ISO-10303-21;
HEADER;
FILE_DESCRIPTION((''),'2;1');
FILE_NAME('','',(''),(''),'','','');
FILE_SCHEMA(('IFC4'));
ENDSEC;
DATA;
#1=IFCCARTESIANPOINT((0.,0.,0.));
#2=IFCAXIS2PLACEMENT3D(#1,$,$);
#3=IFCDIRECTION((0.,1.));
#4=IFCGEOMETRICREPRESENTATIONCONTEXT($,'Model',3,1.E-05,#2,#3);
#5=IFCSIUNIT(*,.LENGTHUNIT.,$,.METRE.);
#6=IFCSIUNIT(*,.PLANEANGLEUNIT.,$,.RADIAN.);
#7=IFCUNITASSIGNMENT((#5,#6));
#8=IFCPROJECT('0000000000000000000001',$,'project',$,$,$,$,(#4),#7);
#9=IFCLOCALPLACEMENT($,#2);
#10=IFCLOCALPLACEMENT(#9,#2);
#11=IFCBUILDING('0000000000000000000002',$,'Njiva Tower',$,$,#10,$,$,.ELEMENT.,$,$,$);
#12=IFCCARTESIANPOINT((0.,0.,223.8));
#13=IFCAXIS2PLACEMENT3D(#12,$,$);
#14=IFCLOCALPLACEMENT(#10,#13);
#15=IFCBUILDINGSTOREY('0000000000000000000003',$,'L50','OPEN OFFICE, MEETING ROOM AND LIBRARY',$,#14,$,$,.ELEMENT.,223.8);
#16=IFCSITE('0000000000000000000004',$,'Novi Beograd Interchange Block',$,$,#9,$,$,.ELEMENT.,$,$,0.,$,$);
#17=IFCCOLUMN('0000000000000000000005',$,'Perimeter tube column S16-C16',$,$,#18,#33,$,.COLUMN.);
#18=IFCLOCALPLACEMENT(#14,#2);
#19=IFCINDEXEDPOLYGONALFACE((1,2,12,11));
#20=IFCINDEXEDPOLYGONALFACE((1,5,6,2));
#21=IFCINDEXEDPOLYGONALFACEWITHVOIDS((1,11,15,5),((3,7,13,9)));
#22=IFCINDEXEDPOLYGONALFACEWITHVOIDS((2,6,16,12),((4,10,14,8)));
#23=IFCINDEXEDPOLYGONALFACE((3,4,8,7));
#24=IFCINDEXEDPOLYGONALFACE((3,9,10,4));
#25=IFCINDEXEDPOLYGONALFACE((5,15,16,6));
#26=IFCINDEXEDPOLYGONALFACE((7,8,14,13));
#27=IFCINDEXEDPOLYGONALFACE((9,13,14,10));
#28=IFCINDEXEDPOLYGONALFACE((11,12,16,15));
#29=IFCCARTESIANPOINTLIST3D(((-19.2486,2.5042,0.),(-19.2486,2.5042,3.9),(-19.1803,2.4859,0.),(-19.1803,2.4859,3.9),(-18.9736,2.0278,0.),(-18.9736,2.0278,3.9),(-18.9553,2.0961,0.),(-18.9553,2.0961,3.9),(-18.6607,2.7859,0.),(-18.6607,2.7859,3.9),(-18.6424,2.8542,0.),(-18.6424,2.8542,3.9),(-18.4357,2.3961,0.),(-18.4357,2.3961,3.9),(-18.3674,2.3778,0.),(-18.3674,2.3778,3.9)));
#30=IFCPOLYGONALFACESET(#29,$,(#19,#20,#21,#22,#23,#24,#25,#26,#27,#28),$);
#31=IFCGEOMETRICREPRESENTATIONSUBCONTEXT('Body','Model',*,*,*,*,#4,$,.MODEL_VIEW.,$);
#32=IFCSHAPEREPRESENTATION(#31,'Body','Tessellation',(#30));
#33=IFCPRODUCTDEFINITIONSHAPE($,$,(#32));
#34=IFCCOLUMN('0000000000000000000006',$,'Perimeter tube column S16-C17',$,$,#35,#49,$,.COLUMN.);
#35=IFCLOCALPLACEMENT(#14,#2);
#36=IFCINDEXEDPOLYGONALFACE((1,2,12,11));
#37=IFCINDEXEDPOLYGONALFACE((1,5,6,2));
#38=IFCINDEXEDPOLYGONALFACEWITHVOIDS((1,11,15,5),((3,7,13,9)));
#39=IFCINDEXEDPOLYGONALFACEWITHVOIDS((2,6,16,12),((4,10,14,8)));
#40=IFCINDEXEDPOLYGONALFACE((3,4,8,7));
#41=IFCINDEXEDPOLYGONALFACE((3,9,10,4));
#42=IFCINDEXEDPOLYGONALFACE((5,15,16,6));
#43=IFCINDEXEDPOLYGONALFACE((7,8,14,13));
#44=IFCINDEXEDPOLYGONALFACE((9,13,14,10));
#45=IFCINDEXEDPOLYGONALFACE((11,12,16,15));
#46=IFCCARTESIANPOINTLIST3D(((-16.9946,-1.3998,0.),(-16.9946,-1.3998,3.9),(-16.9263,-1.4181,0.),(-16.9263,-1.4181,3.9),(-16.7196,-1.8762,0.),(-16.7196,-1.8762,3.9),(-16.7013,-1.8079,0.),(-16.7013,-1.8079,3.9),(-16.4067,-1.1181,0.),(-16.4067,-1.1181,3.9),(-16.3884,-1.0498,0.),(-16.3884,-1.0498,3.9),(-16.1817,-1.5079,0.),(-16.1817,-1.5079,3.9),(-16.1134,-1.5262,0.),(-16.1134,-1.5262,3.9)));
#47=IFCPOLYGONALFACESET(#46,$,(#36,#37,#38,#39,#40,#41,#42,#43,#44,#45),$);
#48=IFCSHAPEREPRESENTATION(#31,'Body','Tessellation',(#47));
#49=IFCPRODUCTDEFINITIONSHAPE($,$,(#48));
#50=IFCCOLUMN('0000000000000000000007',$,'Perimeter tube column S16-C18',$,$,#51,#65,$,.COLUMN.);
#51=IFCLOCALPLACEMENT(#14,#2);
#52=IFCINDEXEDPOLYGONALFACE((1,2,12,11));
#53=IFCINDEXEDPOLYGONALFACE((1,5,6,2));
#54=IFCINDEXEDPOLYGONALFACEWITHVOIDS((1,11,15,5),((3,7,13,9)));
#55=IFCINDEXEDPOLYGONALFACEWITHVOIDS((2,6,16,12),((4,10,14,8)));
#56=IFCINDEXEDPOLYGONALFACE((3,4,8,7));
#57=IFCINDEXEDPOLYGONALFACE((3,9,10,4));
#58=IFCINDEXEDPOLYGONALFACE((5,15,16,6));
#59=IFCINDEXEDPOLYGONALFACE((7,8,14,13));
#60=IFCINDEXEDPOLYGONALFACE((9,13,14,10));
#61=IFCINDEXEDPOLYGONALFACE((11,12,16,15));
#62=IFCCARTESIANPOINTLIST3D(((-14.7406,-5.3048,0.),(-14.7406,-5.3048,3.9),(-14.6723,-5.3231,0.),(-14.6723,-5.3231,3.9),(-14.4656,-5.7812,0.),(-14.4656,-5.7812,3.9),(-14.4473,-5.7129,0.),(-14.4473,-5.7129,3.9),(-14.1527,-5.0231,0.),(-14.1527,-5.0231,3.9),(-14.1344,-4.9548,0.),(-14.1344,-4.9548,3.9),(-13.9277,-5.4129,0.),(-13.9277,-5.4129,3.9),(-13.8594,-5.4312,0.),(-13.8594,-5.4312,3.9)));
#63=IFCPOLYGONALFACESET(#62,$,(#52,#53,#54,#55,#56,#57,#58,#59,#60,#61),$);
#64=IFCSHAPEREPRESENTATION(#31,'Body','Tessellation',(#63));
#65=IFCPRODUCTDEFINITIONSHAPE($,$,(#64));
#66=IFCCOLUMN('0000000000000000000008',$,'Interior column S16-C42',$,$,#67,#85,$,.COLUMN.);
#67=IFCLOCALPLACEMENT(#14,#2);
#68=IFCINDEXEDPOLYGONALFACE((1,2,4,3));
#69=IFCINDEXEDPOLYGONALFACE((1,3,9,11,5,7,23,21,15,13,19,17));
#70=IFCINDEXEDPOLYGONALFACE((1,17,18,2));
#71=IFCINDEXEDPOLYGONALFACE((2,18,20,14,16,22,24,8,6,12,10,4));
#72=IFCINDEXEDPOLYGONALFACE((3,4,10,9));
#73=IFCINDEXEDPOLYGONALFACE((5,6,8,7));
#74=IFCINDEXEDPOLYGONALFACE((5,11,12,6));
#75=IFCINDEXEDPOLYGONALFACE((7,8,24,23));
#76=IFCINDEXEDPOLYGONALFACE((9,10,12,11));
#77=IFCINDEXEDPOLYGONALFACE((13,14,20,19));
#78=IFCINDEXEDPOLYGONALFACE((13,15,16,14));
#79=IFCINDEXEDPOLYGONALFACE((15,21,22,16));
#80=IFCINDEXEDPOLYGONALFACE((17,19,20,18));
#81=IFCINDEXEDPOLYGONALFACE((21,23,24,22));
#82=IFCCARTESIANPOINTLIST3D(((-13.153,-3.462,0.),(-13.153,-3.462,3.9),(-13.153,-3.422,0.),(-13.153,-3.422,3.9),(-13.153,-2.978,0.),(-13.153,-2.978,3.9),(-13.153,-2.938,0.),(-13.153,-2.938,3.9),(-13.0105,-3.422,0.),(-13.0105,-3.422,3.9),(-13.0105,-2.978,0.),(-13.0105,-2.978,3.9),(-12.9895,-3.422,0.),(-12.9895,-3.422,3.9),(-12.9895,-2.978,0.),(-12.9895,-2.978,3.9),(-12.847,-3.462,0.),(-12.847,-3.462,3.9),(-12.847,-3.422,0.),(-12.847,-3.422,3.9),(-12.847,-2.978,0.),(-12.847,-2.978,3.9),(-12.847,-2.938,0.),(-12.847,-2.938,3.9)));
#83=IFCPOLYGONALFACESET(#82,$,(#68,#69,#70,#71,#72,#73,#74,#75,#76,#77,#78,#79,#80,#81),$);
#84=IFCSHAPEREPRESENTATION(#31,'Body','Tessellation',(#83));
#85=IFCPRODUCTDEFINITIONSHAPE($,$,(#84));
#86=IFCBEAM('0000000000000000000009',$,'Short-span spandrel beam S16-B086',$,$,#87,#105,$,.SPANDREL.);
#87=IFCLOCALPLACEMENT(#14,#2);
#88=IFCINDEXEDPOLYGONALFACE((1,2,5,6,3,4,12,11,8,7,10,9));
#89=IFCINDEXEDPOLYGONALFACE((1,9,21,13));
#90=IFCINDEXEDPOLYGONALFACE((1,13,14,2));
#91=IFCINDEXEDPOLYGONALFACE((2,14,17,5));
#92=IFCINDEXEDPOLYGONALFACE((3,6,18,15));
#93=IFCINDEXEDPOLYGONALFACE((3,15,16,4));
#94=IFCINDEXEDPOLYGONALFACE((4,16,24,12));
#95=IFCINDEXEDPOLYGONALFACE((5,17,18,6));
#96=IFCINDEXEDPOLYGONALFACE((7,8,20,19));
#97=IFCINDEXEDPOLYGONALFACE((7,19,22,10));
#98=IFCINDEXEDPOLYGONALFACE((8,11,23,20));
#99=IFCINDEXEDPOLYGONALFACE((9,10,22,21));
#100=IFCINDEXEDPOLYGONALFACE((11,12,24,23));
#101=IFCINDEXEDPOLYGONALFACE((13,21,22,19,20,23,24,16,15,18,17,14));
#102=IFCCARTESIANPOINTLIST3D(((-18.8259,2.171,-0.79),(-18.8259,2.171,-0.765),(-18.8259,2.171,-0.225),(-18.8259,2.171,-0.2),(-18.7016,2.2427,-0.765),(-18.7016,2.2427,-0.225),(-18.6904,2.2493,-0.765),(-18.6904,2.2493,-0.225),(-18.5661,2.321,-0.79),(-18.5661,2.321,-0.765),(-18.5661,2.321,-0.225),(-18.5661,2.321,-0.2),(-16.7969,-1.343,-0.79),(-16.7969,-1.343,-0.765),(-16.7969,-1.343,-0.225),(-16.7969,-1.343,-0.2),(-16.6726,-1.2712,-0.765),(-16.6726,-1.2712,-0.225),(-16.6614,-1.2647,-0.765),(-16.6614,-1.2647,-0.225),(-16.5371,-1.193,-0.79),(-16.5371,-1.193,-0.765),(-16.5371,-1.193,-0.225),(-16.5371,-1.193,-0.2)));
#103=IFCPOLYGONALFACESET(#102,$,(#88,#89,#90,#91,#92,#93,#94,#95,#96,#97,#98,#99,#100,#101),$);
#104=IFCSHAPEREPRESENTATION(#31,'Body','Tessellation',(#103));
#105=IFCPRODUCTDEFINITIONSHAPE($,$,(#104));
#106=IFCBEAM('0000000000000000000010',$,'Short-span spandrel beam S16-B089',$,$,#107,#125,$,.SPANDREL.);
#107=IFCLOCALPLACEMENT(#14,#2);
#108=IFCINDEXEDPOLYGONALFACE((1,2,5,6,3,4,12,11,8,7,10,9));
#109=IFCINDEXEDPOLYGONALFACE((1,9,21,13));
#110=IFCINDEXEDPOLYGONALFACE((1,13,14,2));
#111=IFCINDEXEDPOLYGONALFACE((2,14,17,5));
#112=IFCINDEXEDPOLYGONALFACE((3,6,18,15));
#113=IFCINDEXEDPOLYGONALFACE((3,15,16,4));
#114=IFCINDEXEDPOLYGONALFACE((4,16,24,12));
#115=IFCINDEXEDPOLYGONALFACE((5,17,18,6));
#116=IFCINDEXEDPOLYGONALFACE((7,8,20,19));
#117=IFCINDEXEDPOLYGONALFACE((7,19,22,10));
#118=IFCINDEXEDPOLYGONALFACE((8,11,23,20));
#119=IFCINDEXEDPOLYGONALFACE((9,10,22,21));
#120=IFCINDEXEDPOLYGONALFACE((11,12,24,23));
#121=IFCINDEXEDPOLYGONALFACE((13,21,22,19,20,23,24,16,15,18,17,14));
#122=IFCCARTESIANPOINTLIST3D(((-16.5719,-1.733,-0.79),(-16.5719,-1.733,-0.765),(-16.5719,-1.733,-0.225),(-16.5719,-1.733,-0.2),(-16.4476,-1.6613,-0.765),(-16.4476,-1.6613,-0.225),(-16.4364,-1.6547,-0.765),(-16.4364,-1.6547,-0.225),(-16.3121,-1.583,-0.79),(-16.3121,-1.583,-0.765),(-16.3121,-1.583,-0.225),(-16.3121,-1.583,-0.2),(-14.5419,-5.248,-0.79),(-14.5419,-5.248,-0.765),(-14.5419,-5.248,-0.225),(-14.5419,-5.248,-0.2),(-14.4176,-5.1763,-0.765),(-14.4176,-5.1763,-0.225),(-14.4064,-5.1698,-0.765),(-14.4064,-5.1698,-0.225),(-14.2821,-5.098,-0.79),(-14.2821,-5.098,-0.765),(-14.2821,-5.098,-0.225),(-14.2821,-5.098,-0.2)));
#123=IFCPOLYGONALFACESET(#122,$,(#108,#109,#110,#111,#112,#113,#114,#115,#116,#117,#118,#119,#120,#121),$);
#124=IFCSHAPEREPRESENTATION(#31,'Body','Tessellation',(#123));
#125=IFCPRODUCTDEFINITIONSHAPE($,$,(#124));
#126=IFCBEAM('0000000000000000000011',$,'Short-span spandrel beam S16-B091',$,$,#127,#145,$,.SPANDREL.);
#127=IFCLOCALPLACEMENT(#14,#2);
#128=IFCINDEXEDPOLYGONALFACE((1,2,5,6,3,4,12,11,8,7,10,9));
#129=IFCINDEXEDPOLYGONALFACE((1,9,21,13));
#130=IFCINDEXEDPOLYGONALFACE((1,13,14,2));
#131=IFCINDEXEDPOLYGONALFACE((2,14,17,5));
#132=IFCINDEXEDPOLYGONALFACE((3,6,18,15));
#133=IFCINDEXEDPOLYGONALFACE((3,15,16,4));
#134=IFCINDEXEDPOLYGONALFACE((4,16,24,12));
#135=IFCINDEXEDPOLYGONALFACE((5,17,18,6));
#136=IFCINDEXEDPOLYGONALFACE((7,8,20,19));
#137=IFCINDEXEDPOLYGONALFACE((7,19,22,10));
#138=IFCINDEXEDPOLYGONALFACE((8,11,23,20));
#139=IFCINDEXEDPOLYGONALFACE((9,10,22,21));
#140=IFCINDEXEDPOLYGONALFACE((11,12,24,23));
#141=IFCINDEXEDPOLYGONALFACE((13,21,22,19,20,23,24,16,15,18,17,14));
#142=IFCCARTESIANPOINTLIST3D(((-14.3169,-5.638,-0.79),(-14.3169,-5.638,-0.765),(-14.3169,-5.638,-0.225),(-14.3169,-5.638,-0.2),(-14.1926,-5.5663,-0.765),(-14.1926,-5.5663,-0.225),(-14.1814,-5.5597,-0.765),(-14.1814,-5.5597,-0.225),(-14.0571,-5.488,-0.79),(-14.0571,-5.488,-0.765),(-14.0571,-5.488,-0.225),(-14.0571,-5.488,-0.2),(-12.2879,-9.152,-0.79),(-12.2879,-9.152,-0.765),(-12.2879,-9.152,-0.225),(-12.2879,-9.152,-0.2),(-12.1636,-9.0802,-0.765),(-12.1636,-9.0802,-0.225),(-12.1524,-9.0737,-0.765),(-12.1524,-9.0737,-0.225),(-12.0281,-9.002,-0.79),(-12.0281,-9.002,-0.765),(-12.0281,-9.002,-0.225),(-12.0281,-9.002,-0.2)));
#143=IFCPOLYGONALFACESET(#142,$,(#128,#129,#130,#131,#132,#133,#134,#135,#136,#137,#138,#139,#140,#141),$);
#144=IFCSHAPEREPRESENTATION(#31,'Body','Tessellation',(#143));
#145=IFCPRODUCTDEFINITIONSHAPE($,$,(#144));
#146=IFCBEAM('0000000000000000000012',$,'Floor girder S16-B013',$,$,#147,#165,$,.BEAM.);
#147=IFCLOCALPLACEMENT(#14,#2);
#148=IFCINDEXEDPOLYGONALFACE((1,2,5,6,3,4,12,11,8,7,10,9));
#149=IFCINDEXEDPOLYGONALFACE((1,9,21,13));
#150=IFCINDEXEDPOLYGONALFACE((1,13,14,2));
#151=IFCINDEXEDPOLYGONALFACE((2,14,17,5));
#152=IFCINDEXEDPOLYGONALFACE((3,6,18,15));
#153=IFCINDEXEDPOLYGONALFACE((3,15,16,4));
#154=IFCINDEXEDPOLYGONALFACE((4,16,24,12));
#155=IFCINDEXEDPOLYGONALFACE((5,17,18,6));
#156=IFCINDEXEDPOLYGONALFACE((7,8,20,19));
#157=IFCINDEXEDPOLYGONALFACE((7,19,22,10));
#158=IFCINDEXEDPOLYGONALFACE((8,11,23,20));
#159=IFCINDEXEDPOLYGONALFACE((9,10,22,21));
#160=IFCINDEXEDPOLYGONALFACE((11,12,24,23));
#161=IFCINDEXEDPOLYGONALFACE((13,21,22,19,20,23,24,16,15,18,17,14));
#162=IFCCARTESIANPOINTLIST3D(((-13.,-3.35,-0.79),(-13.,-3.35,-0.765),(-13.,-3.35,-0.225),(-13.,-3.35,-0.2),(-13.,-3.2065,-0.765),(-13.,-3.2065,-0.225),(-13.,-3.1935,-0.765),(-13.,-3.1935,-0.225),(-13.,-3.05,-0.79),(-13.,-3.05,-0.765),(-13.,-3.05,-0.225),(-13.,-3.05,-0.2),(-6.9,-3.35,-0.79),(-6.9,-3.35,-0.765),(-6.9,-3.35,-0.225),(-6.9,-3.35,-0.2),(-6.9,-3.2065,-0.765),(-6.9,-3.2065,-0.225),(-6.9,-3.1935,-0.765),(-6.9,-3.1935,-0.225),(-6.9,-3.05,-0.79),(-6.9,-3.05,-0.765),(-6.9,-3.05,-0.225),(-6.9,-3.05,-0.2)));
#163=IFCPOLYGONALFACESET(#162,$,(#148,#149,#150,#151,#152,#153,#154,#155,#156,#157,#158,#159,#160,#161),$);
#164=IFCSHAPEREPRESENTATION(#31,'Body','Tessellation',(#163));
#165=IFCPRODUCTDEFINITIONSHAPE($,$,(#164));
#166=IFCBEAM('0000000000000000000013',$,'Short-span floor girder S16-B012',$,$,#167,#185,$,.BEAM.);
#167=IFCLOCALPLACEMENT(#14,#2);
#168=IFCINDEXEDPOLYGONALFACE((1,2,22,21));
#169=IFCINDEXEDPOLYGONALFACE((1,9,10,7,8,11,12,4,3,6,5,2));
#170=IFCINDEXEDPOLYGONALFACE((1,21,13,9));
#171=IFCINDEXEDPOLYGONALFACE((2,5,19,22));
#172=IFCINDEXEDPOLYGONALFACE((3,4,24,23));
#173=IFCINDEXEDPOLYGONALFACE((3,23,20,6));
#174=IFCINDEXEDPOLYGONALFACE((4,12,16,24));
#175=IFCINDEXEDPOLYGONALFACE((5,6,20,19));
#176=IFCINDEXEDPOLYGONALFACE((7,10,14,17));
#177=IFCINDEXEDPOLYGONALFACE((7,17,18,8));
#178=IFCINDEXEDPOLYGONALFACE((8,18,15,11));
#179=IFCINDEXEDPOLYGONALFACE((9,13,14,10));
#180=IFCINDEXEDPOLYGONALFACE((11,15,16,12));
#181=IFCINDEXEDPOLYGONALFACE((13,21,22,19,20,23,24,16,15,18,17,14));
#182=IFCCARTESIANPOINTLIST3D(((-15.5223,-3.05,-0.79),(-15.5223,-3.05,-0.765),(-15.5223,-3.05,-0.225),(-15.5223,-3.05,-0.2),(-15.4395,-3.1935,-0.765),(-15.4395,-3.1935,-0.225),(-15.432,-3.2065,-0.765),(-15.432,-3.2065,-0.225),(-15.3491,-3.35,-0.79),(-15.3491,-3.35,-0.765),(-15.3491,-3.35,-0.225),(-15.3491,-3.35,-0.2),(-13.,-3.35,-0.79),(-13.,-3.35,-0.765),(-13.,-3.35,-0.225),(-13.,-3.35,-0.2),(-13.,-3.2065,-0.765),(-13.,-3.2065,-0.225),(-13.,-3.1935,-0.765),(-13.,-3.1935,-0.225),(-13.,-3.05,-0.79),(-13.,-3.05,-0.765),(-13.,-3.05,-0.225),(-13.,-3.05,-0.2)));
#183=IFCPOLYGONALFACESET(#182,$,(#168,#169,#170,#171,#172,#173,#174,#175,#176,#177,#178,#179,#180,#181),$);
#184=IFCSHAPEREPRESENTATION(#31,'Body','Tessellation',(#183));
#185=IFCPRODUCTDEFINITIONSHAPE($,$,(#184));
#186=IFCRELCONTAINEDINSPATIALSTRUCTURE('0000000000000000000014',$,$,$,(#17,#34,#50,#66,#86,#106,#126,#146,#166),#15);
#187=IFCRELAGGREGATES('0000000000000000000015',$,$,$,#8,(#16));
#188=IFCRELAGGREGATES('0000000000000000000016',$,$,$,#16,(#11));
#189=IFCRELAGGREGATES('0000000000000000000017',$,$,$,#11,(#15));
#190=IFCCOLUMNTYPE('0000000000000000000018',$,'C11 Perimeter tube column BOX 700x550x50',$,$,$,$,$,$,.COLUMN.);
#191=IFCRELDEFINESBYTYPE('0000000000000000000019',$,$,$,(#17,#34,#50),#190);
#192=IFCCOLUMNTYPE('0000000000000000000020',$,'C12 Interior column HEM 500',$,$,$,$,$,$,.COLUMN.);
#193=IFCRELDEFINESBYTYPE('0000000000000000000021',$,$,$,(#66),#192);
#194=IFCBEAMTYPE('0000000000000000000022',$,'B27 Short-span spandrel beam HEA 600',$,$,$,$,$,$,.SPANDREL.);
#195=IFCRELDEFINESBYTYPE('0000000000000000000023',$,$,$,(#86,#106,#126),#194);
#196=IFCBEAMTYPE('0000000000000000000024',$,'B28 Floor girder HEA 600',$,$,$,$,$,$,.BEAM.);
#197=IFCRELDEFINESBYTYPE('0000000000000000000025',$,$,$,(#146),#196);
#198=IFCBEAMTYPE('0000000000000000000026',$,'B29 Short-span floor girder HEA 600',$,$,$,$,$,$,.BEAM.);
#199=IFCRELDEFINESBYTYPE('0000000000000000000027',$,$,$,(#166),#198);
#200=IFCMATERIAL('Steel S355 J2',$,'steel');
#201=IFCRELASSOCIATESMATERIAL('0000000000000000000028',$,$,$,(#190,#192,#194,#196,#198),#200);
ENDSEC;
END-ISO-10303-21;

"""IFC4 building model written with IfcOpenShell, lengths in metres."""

from ifc_helpers import new_model, si_unit, direction, frame, origin, origin_2d, place, context, subcontext, project, spatial, hollow_rectangle, i_section, extrude, clip, halfspace, material, material_profile, profile_set, type_object, element, save


model = new_model("IFC4")

# Units and contexts
model_context = context("Model", 3, precision=1e-05, world=origin(), true_north=direction((0.0, 1.0)))
body_context = subcontext(model_context, "Body", "Model", "MODEL_VIEW")
ifc_project = project(units=[si_unit("LENGTHUNIT", "METRE"), si_unit("PLANEANGLEUNIT", "RADIAN")], contexts=[model_context])

# Site, building, storey
site_placement = place(None, origin())
site = spatial("IfcSite", under=ifc_project, at=site_placement, Name="Novi Beograd Interchange Block", CompositionType="ELEMENT", RefElevation=0.0)
building_placement = place(site_placement, origin())
building = spatial("IfcBuilding", under=site, at=building_placement, Name="Njiva Tower", CompositionType="ELEMENT")
storey_placement = place(building_placement, frame((0.0, 0.0, 223.8)))
storey = spatial("IfcBuildingStorey", under=building, at=storey_placement, Name="L50", Description="OPEN OFFICE, MEETING ROOM AND LIBRARY", CompositionType="ELEMENT", Elevation=223.8)

# Columns
ifc_material_1 = material(Name="Steel S355 J2", Category="steel")
ifc_material_profile_1 = material_profile(ifc_material_1, hollow_rectangle(XDim=0.55, YDim=0.7, WallThickness=0.05, at=origin_2d()), Name="BOX 700x550x50")
ifc_profile_set_1 = profile_set([ifc_material_profile_1], Name="Steel S355 J2")
column_type_1 = type_object("IfcColumnType", Name="C11 Perimeter tube column BOX 700x550x50", PredefinedType="COLUMN", material=ifc_profile_set_1)
for number, where, z_axis, x_axis, name in (
    (1, (-18.808, 2.441, 0.0), (0.0, 0.0, 1.0), (0.5, -0.866025, 0.0), "Perimeter tube column S16-C16"),
    (2, (-16.554, -1.463, 0.0), (0.0, 0.0, 1.0), (0.5, -0.866025, 0.0), "Perimeter tube column S16-C17"),
    (3, (-14.3, -5.368, 0.0), (0.0, 0.0, 1.0), (0.5, -0.866025, 0.0), "Perimeter tube column S16-C18"),
):
    element("IfcColumn", number, at=place(storey_placement, frame(where, z_axis=z_axis, x_axis=x_axis)), inside=storey, type_object=column_type_1, Name=name, PredefinedType="COLUMN", context=body_context, shape_type="SweptSolid", body=[
        extrude(hollow_rectangle(XDim=0.55, YDim=0.7, WallThickness=0.05, at=origin_2d()), origin(), (0.0, 0.0, 1.0), 3.9),
    ])
ifc_material_profile_2 = material_profile(ifc_material_1, i_section(OverallWidth=0.306, OverallDepth=0.524, WebThickness=0.021, FlangeThickness=0.04, at=origin_2d()), Name="HEM 500")
ifc_profile_set_2 = profile_set([ifc_material_profile_2], Name="Steel S355 J2")
column_type_2 = type_object("IfcColumnType", Name="C12 Interior column HEM 500", PredefinedType="COLUMN", material=ifc_profile_set_2)
column_placement = place(storey_placement, frame((-13.0, -3.2, 0.0), z_axis=(0.0, 0.0, 1.0), x_axis=(1.0, 0.0, 0.0)))
element("IfcColumn", 4, at=column_placement, inside=storey, type_object=column_type_2, Name="Interior column S16-C42", PredefinedType="COLUMN", context=body_context, shape_type="SweptSolid", body=[
    extrude(i_section(OverallWidth=0.306, OverallDepth=0.524, WebThickness=0.021, FlangeThickness=0.04, at=origin_2d()), origin(), (0.0, 0.0, 1.0), 3.9),
])

# Beams
ifc_material_profile_3 = material_profile(ifc_material_1, i_section(OverallWidth=0.3, OverallDepth=0.59, WebThickness=0.013, FlangeThickness=0.025, at=origin_2d()), Name="HEA 600")
ifc_profile_set_3 = profile_set([ifc_material_profile_3], Name="Steel S355 J2")
beam_type_1 = type_object("IfcBeamType", Name="B27 Short-span spandrel beam HEA 600", PredefinedType="SPANDREL", material=ifc_profile_set_3)
beam_1_placement = place(storey_placement, frame((-18.696, 2.246, -0.495), z_axis=(0.500035, -0.866005, 0.0), x_axis=(0.866005, 0.500035, 0.0)))
element("IfcBeam", 5, at=beam_1_placement, inside=storey, type_object=beam_type_1, Name="Short-span spandrel beam S16-B086", PredefinedType="SPANDREL", context=body_context, shape_type="SweptSolid", body=[
    extrude(i_section(OverallWidth=0.3, OverallDepth=0.59, WebThickness=0.013, FlangeThickness=0.025, at=origin_2d()), origin(), (0.0, 0.0, 1.0), 4.0577),
])
beam_2_placement = place(storey_placement, frame((-16.442, -1.658, -0.495), z_axis=(0.500113, -0.86596, 0.0), x_axis=(0.86596, 0.500113, 0.0)))
element("IfcBeam", 6, at=beam_2_placement, inside=storey, type_object=beam_type_1, Name="Short-span spandrel beam S16-B089", PredefinedType="SPANDREL", context=body_context, shape_type="SweptSolid", body=[
    extrude(i_section(OverallWidth=0.3, OverallDepth=0.59, WebThickness=0.013, FlangeThickness=0.025, at=origin_2d()), origin(), (0.0, 0.0, 1.0), 4.0591),
])
beam_3_placement = place(storey_placement, frame((-14.187, -5.563, -0.495), z_axis=(0.500035, -0.866005, 0.0), x_axis=(0.866005, 0.500035, 0.0)))
element("IfcBeam", 7, at=beam_3_placement, inside=storey, type_object=beam_type_1, Name="Short-span spandrel beam S16-B091", PredefinedType="SPANDREL", context=body_context, shape_type="SweptSolid", body=[
    extrude(i_section(OverallWidth=0.3, OverallDepth=0.59, WebThickness=0.013, FlangeThickness=0.025, at=origin_2d()), origin(), (0.0, 0.0, 1.0), 4.0577),
])
ifc_material_profile_4 = material_profile(ifc_material_1, i_section(OverallWidth=0.3, OverallDepth=0.59, WebThickness=0.013, FlangeThickness=0.025, at=origin_2d()), Name="HEA 600")
ifc_profile_set_4 = profile_set([ifc_material_profile_4], Name="Steel S355 J2")
beam_type_2 = type_object("IfcBeamType", Name="B28 Floor girder HEA 600", PredefinedType="BEAM", material=ifc_profile_set_4)
beam_4_placement = place(storey_placement, frame((-13.0, -3.2, -0.495), z_axis=(1.0, 0.0, 0.0), x_axis=(0.0, 1.0, 0.0)))
element("IfcBeam", 8, at=beam_4_placement, inside=storey, type_object=beam_type_2, Name="Floor girder S16-B013", PredefinedType="BEAM", context=body_context, shape_type="SweptSolid", body=[
    extrude(i_section(OverallWidth=0.3, OverallDepth=0.59, WebThickness=0.013, FlangeThickness=0.025, at=origin_2d()), origin(), (0.0, 0.0, 1.0), 6.1),
])
ifc_material_profile_5 = material_profile(ifc_material_1, i_section(OverallWidth=0.3, OverallDepth=0.59, WebThickness=0.013, FlangeThickness=0.025, at=origin_2d()), Name="HEA 600")
ifc_profile_set_5 = profile_set([ifc_material_profile_5], Name="Steel S355 J2")
beam_type_3 = type_object("IfcBeamType", Name="B29 Short-span floor girder HEA 600", PredefinedType="BEAM", material=ifc_profile_set_5)
beam_5_placement = place(storey_placement, frame((-15.543, -3.2, -0.495), z_axis=(1.0, 0.0, 0.0), x_axis=(0.0, 1.0, 0.0)))
element("IfcBeam", 9, at=beam_5_placement, inside=storey, type_object=beam_type_3, Name="Short-span floor girder S16-B012", PredefinedType="BEAM", context=body_context, shape_type="Clipping", body=[
    clip(extrude(i_section(OverallWidth=0.3, OverallDepth=0.59, WebThickness=0.013, FlangeThickness=0.025, at=origin_2d()), origin(), (0.0, 0.0, 1.0), 2.543), halfspace(frame((-0.025, 0.0, 0.1217), z_axis=(-0.499998, 0.0, -0.866027), x_axis=(0.0, -1.0, 0.0)), False)),
])

save(model, "model.ifc")
